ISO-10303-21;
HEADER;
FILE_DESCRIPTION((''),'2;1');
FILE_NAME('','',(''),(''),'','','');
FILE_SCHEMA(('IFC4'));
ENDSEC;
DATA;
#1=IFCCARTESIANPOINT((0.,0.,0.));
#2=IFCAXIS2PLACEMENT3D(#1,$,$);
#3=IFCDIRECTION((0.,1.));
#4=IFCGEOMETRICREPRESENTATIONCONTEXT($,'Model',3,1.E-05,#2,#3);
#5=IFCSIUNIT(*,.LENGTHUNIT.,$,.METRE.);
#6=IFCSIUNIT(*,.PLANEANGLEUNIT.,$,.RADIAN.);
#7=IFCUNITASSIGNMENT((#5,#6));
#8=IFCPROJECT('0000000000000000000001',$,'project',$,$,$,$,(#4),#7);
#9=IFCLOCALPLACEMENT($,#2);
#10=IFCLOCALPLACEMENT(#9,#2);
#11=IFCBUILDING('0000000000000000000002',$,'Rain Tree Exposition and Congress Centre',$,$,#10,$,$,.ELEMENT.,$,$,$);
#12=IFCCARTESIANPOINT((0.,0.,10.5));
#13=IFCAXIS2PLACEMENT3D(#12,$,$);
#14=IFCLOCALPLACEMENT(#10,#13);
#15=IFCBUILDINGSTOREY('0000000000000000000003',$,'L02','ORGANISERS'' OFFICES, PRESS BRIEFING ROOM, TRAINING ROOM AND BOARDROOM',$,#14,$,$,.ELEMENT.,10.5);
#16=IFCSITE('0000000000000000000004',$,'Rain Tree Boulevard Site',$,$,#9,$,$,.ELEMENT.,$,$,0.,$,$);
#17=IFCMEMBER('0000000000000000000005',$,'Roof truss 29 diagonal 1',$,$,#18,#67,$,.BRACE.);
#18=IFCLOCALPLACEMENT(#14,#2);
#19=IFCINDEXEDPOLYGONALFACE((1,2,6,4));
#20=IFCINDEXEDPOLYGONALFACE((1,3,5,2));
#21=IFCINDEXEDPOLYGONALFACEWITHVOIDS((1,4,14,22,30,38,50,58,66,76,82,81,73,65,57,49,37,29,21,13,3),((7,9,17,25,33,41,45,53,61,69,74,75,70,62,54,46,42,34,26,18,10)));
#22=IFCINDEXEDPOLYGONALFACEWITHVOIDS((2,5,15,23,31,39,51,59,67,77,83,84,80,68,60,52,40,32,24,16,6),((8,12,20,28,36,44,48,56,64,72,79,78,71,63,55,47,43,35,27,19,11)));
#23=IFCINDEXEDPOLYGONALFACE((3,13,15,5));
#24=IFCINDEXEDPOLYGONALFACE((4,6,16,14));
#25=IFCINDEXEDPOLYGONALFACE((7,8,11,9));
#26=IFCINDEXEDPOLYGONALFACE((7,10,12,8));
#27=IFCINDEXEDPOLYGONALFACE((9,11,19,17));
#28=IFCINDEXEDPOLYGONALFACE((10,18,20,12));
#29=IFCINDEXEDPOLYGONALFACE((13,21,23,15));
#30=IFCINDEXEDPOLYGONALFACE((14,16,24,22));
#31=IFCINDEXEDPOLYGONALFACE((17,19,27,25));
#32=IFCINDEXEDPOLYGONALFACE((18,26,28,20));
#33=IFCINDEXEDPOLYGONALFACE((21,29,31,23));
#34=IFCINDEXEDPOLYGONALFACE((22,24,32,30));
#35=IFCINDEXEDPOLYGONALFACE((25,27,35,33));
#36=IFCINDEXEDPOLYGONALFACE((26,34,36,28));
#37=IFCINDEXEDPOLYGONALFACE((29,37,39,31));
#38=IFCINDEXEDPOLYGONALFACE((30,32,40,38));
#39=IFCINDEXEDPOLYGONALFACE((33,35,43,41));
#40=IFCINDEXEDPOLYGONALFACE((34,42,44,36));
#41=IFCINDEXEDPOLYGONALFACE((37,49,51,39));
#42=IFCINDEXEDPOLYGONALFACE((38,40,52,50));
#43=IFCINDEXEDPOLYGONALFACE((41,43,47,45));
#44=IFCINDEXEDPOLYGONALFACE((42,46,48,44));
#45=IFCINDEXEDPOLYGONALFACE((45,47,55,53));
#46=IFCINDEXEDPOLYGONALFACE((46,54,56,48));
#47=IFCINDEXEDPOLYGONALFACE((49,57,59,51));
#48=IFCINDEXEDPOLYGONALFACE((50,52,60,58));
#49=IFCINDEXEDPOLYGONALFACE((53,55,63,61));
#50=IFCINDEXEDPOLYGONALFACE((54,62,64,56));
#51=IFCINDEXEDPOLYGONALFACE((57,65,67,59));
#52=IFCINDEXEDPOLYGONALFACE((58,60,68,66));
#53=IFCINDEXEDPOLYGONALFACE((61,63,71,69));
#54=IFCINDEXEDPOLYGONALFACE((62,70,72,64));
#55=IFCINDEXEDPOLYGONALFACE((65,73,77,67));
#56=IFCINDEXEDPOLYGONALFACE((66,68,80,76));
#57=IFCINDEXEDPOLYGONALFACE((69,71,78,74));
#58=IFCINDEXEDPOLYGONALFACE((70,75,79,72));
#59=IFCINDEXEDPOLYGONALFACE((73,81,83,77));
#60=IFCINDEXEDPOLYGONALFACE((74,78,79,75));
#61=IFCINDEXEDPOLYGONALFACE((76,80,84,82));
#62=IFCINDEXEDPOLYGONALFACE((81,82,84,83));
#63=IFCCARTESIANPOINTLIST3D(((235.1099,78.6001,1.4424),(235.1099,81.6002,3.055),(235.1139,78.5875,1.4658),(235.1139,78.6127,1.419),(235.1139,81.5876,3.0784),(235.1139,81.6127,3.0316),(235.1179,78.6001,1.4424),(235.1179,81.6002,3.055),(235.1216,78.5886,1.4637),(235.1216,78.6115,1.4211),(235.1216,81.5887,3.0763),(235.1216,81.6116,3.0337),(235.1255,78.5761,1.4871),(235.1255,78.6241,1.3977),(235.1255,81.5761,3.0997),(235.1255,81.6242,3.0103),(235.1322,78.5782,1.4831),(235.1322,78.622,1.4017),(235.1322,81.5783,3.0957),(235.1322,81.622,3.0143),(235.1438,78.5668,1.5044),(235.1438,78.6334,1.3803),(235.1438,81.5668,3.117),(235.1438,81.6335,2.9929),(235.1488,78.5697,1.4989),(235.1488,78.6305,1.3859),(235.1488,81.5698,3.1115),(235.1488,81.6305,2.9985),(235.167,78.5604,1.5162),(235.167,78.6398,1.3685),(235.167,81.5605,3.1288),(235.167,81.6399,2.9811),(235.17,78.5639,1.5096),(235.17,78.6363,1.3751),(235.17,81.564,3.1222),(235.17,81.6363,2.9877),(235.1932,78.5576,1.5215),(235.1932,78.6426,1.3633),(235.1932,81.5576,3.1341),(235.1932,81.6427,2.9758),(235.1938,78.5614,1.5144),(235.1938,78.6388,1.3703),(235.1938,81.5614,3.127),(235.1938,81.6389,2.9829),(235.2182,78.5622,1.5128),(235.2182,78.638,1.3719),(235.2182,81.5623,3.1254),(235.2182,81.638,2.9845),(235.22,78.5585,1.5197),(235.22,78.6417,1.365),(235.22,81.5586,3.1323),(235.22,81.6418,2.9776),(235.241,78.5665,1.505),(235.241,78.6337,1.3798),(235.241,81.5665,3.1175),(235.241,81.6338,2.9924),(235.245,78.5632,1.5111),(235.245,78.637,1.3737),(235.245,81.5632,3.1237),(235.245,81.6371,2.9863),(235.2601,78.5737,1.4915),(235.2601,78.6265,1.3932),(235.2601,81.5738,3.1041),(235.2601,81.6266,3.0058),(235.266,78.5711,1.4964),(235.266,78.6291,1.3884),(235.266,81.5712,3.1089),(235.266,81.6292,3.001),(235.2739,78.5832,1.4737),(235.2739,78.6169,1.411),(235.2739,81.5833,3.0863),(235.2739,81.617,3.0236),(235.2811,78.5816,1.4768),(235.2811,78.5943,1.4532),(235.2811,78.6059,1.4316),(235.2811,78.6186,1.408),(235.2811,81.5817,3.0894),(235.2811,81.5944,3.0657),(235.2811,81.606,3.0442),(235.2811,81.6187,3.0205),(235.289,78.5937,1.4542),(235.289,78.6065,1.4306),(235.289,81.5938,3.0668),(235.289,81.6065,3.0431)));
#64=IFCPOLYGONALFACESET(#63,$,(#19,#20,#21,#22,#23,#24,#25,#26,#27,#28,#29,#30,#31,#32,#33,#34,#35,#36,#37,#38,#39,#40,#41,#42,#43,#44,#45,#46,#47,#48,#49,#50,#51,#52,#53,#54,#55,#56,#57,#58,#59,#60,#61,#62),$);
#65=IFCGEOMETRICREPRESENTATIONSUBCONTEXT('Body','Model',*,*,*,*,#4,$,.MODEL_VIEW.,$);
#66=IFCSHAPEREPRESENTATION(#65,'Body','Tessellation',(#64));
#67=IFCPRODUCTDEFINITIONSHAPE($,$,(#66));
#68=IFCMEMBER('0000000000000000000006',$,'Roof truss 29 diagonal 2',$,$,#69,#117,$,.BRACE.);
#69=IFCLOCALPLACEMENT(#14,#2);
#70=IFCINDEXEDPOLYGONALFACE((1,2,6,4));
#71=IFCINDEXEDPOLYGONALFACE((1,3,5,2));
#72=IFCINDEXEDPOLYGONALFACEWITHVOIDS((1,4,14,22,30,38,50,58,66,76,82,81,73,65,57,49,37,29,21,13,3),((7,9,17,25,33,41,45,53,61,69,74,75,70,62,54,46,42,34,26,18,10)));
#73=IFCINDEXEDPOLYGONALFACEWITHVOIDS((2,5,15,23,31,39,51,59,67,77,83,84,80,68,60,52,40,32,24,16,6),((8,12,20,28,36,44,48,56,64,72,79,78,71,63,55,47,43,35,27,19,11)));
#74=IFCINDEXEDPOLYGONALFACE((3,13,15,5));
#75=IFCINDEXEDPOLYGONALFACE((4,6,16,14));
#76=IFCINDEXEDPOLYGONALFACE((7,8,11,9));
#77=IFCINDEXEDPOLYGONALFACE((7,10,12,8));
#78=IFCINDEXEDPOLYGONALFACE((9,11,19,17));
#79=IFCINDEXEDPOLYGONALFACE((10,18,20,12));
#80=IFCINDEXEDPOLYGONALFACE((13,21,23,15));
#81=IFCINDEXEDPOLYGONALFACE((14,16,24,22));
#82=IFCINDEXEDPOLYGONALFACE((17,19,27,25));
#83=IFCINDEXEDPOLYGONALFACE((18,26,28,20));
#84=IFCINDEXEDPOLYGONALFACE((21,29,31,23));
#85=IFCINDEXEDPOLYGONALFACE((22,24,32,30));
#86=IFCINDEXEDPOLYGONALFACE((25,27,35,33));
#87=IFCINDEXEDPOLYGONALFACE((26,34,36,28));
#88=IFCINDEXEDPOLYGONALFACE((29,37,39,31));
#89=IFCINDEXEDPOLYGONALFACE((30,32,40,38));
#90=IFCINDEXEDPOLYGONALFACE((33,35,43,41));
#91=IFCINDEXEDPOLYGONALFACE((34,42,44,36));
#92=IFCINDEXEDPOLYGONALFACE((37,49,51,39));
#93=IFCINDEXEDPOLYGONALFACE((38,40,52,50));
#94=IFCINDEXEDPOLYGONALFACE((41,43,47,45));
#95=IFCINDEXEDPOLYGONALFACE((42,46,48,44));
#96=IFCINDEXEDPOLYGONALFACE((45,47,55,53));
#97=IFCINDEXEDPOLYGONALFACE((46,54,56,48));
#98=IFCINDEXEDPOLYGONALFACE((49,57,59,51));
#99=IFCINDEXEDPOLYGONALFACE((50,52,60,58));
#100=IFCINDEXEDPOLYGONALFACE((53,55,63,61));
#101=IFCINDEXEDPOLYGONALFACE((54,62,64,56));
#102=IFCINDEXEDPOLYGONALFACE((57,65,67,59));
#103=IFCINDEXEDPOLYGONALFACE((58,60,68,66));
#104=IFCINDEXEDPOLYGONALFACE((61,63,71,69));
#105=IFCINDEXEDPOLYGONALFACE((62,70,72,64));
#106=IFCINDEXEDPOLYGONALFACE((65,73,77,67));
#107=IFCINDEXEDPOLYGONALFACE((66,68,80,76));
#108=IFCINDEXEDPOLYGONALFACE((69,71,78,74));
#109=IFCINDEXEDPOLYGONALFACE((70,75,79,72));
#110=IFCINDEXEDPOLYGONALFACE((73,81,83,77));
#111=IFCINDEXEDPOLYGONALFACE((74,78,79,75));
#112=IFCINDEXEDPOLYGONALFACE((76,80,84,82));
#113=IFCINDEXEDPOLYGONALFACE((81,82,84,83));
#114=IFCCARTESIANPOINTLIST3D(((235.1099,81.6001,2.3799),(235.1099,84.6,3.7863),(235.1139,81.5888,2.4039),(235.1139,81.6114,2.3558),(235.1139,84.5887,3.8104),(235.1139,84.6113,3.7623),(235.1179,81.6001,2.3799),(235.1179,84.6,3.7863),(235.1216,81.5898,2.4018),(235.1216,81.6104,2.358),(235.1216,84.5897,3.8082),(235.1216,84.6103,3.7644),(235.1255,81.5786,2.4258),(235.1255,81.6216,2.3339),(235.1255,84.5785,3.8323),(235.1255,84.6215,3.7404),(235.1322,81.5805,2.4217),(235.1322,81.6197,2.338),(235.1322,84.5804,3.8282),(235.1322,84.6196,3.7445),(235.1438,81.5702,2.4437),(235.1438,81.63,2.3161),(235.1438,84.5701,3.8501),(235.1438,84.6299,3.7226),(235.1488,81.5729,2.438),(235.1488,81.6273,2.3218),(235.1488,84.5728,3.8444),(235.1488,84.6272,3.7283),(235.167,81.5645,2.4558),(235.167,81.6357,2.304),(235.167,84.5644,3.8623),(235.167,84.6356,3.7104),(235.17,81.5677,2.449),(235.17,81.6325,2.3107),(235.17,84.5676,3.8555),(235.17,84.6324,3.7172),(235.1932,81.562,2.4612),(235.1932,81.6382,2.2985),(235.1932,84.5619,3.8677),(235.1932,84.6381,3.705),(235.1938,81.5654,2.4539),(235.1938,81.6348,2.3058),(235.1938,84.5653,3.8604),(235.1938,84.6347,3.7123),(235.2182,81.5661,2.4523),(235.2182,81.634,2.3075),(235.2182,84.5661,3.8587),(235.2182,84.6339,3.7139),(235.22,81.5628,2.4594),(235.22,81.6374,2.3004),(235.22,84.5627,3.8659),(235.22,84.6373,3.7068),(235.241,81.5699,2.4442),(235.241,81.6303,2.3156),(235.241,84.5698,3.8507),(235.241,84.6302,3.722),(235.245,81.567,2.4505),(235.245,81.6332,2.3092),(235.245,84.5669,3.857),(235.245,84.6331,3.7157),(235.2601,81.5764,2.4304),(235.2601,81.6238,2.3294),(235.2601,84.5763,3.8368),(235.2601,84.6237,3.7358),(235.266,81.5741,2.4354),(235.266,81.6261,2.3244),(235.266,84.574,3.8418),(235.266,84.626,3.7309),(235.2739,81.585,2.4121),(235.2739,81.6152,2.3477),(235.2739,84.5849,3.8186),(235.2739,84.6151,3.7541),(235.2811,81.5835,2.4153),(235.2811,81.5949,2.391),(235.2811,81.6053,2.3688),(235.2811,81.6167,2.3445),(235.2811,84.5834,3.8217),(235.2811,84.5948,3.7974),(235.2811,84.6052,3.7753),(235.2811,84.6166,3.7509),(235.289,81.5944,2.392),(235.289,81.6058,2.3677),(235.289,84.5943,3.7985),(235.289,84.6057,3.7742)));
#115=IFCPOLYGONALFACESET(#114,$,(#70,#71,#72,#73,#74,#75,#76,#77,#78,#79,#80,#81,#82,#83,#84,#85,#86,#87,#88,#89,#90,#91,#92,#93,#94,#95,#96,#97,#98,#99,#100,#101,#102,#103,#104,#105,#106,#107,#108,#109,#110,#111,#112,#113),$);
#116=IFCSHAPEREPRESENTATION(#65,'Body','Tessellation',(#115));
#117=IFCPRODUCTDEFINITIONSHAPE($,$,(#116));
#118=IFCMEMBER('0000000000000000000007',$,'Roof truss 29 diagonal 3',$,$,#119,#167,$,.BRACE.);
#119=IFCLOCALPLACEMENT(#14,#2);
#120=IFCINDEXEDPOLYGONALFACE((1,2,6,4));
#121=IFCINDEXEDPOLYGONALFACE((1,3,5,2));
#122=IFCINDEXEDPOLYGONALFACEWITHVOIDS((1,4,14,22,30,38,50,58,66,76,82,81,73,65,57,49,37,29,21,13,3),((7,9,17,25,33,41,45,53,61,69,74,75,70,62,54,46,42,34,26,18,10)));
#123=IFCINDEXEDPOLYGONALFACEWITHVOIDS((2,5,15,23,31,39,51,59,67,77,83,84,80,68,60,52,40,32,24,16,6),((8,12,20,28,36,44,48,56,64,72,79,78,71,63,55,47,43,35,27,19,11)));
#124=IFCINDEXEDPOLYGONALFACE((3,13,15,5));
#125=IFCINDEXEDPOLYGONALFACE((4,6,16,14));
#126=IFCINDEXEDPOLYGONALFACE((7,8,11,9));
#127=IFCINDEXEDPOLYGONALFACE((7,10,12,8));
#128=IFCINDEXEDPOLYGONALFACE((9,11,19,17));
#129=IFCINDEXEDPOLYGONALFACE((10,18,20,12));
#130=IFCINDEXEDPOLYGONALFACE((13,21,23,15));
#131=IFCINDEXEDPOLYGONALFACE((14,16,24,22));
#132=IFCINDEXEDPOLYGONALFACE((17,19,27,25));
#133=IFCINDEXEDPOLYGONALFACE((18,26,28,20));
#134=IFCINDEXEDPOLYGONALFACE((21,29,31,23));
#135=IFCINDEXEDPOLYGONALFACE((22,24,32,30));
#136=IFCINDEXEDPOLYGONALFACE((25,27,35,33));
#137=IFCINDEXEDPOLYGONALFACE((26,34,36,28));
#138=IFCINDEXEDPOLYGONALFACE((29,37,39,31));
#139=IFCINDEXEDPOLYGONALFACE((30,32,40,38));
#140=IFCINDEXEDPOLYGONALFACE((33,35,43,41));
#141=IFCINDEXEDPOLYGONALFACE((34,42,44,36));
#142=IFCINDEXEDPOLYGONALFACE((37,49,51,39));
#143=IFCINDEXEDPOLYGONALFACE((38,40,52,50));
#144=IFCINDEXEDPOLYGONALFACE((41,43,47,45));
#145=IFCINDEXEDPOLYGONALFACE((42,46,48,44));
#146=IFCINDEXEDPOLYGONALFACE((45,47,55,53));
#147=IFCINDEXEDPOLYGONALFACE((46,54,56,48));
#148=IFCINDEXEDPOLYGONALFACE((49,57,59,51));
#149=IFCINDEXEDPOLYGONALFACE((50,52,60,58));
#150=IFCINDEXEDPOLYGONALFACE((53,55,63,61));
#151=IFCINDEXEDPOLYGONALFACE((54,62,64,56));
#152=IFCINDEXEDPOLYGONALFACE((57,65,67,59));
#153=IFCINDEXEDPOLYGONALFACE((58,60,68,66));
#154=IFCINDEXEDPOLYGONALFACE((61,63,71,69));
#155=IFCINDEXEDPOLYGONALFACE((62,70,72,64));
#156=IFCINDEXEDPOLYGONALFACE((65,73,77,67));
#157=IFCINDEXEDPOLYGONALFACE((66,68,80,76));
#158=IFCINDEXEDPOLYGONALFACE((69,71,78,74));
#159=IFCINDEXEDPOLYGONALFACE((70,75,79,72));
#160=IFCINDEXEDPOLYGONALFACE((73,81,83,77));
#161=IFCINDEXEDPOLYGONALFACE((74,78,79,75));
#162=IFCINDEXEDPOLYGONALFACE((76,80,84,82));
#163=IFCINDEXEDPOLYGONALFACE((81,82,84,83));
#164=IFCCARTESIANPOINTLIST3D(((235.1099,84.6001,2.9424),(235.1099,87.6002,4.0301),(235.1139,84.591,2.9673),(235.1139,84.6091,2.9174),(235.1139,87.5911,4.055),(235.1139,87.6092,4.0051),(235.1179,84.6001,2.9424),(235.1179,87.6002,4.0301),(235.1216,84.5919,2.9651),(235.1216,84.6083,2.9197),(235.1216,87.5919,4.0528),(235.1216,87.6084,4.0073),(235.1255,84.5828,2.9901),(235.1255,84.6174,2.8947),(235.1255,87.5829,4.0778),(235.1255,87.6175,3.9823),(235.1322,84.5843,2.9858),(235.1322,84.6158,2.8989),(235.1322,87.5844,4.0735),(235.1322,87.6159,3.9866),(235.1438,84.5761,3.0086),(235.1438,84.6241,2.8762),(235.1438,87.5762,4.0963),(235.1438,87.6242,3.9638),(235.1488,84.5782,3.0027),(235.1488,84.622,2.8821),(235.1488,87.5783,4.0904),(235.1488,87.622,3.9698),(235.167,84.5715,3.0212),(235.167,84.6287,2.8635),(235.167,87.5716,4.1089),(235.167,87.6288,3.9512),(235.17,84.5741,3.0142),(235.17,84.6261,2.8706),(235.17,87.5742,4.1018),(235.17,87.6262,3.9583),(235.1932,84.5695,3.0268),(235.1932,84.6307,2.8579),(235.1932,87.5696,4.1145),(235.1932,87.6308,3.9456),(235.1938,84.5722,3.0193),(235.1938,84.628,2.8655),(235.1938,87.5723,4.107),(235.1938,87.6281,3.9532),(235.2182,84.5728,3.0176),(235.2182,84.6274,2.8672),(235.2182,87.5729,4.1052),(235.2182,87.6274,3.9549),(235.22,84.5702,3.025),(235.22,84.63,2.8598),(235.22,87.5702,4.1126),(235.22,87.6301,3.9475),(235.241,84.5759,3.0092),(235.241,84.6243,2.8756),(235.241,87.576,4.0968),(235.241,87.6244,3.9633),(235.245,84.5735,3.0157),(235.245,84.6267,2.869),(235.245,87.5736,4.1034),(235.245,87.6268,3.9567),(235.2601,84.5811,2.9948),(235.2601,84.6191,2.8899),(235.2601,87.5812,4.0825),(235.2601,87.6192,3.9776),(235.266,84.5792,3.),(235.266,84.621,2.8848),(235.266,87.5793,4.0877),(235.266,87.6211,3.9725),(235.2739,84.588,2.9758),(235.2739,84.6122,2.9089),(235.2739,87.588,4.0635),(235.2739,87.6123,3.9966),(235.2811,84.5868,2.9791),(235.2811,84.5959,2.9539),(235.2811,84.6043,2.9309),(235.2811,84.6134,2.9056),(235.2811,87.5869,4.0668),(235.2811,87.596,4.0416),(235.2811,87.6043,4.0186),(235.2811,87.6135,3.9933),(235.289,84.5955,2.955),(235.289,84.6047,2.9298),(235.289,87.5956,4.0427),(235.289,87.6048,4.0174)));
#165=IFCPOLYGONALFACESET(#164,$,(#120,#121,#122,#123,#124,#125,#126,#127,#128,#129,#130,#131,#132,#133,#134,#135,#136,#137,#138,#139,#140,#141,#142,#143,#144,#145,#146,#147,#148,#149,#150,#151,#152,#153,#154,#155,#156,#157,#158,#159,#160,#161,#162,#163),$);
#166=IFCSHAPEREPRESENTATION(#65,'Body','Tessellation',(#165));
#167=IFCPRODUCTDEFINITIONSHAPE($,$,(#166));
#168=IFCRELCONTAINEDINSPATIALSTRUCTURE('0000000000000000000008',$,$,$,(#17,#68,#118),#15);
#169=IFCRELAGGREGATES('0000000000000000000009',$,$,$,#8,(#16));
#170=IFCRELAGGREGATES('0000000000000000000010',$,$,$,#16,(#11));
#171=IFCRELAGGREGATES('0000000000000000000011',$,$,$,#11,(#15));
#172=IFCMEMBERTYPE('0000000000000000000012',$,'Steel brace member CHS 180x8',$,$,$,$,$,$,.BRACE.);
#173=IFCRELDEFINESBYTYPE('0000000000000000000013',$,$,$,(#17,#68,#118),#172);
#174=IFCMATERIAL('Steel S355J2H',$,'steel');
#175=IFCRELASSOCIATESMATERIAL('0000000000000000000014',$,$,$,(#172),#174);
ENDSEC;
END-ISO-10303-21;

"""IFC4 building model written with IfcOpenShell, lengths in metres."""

from ifc_helpers import new_model, si_unit, direction, frame, origin, origin_2d, place, context, subcontext, project, spatial, hollow_circle, extrude, material, material_profile, profile_set, type_object, element, save


model = new_model("IFC4")

# Units and contexts
model_context = context("Model", 3, precision=1e-05, world=origin(), true_north=direction((0.0, 1.0)))
body_context = subcontext(model_context, "Body", "Model", "MODEL_VIEW")
ifc_project = project(units=[si_unit("LENGTHUNIT", "METRE"), si_unit("PLANEANGLEUNIT", "RADIAN")], contexts=[model_context])

# Site, building, storey
site_placement = place(None, origin())
site = spatial("IfcSite", under=ifc_project, at=site_placement, Name="Rain Tree Boulevard Site", CompositionType="ELEMENT", RefElevation=0.0)
building_placement = place(site_placement, origin())
building = spatial("IfcBuilding", under=site, at=building_placement, Name="Rain Tree Exposition and Congress Centre", CompositionType="ELEMENT")
storey_placement = place(building_placement, frame((0.0, 0.0, 10.5)))
storey = spatial("IfcBuildingStorey", under=building, at=storey_placement, Name="L02", Description="ORGANISERS' OFFICES, PRESS BRIEFING ROOM, TRAINING ROOM AND BOARDROOM", CompositionType="ELEMENT", Elevation=10.5)

# Members
ifc_material_1 = material(Name="Steel S355J2H", Category="steel")
ifc_material_profile_1 = material_profile(ifc_material_1, hollow_circle(Radius=0.0901, WallThickness=0.0081, at=origin_2d()), Name="CHS 180x8")
ifc_profile_set_1 = profile_set([ifc_material_profile_1], Name="Steel S355J2H")
member_type_1 = type_object("IfcMemberType", Name="Steel brace member CHS 180x8", PredefinedType="BRACE", material=ifc_profile_set_1)
member_1_placement = place(storey_placement, frame((235.2, 78.6001, 1.4424), z_axis=(0.0, 0.880818, 0.473454), x_axis=(-1.0, 0.0, 0.0)))
element("IfcMember", 1, at=member_1_placement, inside=storey, type_object=member_type_1, Name="Roof truss 29 diagonal 1", PredefinedType="BRACE", context=body_context, shape_type="SweptSolid", body=[
    extrude(hollow_circle(Radius=0.0901, WallThickness=0.0081, at=origin_2d()), origin(), (0.0, 0.0, 1.0), 3.406),
])
member_2_placement = place(storey_placement, frame((235.2, 81.6001, 2.3799), z_axis=(0.0, 0.905431, 0.424494), x_axis=(-1.0, 0.0, 0.0)))
element("IfcMember", 2, at=member_2_placement, inside=storey, type_object=member_type_1, Name="Roof truss 29 diagonal 2", PredefinedType="BRACE", context=body_context, shape_type="SweptSolid", body=[
    extrude(hollow_circle(Radius=0.0901, WallThickness=0.0081, at=origin_2d()), origin(), (0.0, 0.0, 1.0), 3.3132),
])
member_3_placement = place(storey_placement, frame((235.2, 84.6001, 2.9424), z_axis=(0.0, 0.940121, 0.34084), x_axis=(-1.0, 0.0, 0.0)))
element("IfcMember", 3, at=member_3_placement, inside=storey, type_object=member_type_1, Name="Roof truss 29 diagonal 3", PredefinedType="BRACE", context=body_context, shape_type="SweptSolid", body=[
    extrude(hollow_circle(Radius=0.0901, WallThickness=0.0081, at=origin_2d()), origin(), (0.0, 0.0, 1.0), 3.1912),
])

save(model, "model.ifc")
